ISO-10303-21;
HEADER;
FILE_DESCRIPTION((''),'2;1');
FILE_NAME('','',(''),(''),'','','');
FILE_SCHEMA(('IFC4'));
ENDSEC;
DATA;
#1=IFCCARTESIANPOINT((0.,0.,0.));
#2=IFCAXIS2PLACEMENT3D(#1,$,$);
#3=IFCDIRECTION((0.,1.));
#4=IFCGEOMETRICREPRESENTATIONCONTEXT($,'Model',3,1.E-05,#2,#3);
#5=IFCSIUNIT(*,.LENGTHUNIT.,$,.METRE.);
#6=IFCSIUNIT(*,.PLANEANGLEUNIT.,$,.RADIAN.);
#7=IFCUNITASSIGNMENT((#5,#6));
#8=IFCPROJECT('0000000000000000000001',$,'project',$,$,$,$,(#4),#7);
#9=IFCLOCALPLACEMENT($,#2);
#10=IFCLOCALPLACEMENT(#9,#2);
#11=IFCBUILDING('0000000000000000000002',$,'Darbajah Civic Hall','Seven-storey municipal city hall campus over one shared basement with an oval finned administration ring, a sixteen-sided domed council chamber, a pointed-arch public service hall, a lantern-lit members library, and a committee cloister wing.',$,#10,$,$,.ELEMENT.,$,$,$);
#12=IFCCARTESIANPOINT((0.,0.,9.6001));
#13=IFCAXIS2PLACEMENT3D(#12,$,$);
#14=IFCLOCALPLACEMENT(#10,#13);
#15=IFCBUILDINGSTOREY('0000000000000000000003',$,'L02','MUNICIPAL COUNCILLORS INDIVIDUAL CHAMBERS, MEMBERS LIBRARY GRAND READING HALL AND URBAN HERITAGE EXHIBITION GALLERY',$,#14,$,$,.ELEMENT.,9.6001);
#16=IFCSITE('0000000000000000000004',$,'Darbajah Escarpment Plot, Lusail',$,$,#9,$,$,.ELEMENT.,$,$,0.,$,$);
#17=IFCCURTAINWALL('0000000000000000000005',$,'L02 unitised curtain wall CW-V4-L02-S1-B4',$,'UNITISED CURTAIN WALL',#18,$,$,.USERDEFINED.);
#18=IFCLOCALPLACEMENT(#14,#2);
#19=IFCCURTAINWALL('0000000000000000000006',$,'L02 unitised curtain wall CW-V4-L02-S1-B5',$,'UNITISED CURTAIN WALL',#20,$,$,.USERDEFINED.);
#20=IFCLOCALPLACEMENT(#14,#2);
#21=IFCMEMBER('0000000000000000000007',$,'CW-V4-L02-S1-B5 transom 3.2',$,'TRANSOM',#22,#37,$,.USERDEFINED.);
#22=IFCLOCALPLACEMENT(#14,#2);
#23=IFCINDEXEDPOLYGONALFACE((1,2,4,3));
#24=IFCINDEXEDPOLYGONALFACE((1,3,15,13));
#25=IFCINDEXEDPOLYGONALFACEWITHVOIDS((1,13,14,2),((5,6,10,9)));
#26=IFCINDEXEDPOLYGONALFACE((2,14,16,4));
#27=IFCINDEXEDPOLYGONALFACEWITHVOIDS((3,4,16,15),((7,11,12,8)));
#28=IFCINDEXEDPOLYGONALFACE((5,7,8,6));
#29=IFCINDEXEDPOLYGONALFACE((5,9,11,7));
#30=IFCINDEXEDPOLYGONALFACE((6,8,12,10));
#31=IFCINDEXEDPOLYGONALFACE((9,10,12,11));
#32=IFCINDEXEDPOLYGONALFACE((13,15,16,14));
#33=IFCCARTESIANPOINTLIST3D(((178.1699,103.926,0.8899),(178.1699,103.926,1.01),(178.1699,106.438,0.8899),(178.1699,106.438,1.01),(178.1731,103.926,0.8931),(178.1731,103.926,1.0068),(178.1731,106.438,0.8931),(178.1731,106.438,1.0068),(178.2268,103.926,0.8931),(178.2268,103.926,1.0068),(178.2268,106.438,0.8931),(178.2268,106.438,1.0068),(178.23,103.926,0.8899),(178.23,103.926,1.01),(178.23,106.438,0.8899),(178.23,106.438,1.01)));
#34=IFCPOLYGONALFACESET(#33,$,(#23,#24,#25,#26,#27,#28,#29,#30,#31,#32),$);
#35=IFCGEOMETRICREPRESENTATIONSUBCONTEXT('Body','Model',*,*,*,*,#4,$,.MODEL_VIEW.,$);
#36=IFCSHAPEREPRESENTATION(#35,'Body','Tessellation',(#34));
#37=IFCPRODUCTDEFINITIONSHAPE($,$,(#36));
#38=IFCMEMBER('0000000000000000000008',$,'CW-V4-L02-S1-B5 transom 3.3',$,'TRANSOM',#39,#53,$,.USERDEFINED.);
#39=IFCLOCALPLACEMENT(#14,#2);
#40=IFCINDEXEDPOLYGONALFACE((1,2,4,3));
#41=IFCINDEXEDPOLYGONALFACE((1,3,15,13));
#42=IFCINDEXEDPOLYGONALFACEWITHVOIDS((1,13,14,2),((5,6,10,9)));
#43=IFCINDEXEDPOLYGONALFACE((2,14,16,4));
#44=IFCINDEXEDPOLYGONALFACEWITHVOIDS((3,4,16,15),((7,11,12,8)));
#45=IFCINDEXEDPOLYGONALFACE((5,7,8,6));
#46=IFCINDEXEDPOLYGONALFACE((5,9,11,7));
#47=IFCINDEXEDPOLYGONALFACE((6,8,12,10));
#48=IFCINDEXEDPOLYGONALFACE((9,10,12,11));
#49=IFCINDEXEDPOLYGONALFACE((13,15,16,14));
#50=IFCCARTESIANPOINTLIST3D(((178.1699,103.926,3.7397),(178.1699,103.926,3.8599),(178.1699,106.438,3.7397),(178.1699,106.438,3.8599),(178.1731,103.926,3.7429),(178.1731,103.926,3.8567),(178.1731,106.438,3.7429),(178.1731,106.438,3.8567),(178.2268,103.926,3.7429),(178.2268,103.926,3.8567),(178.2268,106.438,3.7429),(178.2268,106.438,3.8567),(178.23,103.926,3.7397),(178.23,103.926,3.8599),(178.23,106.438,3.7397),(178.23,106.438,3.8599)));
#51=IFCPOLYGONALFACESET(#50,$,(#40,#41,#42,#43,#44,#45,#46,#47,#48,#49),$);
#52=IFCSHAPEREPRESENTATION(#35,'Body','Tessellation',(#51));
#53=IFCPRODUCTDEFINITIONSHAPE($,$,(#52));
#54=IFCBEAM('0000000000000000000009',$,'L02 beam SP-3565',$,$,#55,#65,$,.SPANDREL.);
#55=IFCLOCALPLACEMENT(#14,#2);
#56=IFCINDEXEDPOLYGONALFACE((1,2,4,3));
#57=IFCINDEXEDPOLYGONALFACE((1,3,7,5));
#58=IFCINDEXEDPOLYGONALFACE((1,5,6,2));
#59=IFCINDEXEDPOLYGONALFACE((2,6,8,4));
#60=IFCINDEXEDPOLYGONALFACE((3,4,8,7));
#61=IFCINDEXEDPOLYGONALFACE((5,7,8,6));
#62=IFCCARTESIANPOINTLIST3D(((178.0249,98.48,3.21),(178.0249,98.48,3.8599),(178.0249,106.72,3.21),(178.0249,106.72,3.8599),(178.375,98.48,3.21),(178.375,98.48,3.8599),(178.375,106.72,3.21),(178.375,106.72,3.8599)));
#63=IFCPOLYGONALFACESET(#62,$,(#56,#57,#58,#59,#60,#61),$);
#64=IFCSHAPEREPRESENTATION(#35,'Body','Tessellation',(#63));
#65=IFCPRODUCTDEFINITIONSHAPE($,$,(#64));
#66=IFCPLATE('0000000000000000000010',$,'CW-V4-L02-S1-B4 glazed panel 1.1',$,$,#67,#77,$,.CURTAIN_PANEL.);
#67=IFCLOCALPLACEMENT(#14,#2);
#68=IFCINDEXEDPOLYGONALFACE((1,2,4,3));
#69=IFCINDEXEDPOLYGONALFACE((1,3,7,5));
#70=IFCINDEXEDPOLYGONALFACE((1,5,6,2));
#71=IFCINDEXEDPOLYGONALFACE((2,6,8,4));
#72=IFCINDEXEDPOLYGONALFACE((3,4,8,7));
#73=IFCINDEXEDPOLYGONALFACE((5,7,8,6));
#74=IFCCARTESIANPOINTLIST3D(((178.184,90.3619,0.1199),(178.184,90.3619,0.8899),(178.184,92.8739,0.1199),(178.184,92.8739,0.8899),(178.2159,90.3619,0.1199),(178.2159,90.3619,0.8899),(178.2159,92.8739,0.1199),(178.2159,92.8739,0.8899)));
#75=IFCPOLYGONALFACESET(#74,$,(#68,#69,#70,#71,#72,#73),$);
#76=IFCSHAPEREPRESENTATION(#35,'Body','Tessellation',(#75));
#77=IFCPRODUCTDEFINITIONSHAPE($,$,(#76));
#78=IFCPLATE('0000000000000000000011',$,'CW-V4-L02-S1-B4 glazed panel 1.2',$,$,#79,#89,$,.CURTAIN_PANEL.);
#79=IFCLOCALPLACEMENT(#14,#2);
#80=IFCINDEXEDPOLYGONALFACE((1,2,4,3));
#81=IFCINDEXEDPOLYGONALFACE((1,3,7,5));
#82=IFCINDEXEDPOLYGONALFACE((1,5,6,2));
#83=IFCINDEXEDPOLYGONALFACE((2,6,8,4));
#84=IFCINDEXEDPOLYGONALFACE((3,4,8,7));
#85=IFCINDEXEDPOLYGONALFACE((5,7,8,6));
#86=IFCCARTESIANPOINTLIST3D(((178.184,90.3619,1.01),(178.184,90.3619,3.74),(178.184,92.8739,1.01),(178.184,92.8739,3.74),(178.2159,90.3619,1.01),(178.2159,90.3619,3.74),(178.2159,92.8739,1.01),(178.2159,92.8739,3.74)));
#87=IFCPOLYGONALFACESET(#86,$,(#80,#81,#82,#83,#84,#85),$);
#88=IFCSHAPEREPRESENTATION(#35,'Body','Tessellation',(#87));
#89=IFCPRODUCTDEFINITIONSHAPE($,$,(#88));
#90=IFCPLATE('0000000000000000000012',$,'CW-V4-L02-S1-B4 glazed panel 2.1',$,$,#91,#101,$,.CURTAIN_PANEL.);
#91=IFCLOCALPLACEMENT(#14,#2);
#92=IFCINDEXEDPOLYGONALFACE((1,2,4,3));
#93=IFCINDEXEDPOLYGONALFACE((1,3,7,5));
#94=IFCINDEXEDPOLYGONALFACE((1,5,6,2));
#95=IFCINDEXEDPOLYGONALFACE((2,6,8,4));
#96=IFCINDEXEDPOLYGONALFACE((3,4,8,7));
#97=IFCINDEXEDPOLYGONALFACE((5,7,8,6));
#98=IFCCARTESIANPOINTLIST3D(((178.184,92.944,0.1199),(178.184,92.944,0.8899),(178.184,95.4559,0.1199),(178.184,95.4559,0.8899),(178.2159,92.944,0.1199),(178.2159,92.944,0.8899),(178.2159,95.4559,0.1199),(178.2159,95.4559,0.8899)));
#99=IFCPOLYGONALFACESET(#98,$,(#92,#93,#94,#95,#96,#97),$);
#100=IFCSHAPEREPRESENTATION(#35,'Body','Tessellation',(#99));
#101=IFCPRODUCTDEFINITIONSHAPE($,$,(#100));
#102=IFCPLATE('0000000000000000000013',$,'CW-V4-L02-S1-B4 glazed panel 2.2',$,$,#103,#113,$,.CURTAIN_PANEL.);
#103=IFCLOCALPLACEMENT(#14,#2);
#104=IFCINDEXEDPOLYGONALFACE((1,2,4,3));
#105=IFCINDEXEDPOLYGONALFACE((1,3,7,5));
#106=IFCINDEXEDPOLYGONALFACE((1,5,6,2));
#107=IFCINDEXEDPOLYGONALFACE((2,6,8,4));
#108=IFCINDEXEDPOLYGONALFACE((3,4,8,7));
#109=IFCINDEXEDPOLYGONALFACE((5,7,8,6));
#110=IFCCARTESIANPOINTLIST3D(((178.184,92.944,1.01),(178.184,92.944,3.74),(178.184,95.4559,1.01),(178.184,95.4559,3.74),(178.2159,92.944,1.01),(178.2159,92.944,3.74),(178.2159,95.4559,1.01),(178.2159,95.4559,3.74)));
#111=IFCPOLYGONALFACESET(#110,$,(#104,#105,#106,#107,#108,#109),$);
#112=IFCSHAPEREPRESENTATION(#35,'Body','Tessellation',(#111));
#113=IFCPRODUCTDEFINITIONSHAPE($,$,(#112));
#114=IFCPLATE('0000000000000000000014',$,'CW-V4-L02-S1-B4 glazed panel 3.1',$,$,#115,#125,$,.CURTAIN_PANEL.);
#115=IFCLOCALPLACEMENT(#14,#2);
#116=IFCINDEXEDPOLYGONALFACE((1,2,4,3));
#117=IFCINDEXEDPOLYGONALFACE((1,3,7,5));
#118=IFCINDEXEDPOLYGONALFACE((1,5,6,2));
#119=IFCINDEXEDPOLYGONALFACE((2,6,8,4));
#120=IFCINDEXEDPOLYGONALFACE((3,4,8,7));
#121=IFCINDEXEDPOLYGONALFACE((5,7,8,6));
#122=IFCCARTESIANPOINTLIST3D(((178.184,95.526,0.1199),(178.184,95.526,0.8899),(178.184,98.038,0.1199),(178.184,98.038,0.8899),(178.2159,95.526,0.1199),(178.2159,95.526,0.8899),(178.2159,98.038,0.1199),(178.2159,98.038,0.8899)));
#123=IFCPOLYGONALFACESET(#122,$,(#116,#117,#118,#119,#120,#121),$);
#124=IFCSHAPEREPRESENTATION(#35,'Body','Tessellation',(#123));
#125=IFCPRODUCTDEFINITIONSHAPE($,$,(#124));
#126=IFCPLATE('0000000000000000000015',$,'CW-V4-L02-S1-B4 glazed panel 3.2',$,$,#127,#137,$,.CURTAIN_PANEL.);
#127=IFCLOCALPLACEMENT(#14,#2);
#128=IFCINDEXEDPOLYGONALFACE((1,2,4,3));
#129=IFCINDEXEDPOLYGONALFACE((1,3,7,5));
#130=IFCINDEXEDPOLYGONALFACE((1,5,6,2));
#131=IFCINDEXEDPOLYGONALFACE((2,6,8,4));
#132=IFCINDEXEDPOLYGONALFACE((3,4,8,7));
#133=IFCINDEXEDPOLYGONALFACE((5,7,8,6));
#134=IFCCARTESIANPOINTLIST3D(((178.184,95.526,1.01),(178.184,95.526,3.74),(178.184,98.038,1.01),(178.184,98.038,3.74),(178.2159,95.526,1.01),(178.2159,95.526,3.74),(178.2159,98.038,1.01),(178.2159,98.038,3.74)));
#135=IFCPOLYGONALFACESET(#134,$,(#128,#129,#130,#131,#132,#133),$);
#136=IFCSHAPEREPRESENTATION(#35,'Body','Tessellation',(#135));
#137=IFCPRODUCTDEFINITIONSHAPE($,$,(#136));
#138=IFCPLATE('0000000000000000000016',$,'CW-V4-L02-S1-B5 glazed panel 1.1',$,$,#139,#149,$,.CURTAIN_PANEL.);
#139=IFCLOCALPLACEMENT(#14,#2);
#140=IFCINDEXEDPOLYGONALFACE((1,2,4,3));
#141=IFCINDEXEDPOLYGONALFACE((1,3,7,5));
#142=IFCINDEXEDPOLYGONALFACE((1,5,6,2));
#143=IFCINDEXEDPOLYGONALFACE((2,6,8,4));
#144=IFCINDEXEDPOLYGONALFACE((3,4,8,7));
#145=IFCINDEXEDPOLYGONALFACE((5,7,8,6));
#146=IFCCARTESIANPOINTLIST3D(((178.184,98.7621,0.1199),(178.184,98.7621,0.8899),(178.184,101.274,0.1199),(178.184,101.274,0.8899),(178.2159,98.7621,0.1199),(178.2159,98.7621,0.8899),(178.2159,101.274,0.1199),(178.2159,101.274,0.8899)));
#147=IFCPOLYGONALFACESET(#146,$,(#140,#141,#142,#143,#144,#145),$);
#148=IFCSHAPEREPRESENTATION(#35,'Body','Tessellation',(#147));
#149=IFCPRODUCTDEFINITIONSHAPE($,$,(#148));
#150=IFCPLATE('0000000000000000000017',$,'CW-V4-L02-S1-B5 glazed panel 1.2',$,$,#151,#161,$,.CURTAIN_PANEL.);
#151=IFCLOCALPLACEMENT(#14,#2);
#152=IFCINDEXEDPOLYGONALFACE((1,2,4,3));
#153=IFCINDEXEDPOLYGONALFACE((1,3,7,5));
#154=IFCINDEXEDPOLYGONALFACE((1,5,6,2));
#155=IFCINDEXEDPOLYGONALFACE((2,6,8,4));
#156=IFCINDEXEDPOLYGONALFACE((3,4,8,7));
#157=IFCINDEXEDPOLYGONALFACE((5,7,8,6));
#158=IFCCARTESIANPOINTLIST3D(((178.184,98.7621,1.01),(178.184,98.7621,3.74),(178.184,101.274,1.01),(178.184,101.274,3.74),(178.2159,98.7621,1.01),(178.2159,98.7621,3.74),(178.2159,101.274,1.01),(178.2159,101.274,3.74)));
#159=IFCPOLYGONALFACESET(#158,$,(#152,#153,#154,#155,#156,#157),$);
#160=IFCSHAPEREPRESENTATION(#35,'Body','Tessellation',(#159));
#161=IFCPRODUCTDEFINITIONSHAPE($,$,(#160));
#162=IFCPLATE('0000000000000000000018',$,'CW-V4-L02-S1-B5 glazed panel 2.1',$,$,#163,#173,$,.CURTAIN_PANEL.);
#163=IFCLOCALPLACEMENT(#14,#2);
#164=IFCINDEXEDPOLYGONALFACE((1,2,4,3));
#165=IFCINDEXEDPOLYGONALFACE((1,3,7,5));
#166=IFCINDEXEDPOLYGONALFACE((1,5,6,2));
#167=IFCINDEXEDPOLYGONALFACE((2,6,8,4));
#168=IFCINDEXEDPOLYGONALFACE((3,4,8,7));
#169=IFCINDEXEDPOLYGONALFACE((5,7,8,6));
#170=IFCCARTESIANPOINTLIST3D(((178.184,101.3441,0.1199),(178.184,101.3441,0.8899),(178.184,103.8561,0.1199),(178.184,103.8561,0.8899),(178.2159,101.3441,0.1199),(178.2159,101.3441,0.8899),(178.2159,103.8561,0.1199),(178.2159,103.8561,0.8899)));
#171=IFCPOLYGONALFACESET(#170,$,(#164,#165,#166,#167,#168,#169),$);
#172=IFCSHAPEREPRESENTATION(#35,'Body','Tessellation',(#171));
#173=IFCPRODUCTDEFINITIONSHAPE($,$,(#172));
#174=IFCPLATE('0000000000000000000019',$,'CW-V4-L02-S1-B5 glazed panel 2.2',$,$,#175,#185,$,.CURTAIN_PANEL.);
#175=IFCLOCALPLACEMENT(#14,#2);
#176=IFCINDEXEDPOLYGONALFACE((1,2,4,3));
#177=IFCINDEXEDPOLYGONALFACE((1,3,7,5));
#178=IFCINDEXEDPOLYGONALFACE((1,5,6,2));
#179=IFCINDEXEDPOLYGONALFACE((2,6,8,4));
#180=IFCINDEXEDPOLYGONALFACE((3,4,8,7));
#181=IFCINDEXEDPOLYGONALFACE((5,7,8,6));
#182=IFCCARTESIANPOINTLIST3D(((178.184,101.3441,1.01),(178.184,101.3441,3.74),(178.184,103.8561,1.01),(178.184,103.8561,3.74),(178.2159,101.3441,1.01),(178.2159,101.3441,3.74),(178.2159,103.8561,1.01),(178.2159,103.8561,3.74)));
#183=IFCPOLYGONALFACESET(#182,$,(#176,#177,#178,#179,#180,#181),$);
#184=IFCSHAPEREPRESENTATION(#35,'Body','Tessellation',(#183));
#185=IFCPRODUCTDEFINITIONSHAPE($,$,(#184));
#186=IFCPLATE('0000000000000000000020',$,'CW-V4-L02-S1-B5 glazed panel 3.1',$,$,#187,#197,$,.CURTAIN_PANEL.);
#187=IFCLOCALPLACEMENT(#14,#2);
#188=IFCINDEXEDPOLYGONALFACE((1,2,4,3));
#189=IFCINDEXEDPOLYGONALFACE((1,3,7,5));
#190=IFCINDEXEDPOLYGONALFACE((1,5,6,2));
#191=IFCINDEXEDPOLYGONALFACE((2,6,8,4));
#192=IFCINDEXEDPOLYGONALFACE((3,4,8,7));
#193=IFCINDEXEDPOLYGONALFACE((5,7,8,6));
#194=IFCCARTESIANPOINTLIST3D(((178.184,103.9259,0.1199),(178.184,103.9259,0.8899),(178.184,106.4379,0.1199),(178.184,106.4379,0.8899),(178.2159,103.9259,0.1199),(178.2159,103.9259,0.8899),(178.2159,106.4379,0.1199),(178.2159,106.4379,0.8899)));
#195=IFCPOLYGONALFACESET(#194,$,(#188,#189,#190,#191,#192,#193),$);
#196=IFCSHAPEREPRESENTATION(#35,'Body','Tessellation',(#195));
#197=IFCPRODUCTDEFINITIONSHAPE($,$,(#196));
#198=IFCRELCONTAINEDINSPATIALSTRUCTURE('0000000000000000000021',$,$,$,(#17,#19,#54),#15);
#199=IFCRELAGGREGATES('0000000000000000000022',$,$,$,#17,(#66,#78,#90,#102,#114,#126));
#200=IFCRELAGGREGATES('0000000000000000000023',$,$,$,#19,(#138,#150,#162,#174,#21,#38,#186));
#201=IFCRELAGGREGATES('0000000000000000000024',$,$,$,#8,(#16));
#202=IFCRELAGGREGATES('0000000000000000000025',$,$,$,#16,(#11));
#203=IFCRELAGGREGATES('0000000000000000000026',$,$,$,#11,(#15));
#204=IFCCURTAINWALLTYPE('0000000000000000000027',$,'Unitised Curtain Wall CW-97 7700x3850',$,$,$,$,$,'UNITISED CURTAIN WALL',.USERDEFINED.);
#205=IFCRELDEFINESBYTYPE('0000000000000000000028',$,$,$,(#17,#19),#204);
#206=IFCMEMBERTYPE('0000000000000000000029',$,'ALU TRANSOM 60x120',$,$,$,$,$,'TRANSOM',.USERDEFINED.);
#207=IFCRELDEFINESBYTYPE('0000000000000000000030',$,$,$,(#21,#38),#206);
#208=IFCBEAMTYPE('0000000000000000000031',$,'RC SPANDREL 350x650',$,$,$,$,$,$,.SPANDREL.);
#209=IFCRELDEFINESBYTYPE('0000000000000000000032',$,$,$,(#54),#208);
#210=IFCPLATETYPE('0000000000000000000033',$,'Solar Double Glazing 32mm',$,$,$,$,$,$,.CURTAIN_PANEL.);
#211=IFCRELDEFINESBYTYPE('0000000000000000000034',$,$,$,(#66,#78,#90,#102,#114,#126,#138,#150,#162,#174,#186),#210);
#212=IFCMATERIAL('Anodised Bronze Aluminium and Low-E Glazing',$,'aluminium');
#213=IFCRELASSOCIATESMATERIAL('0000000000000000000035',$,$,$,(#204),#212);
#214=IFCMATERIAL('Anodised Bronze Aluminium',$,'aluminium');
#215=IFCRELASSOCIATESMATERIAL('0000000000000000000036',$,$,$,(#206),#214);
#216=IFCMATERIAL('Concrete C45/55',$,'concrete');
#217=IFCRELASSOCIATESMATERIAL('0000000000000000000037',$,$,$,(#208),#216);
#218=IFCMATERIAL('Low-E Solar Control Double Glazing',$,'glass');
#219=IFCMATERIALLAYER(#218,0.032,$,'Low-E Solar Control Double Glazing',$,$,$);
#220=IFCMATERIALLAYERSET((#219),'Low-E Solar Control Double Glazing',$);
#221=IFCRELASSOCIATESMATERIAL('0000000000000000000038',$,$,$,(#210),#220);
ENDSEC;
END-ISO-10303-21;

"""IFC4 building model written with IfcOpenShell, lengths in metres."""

from ifc_helpers import new_model, si_unit, direction, frame, origin, origin_2d, place, context, subcontext, project, spatial, rectangle, hollow_rectangle, extrude, material, layer, layer_set, material_profile, profile_set, type_object, element, aggregate, save


model = new_model("IFC4")

# Units and contexts
model_context = context("Model", 3, precision=1e-05, world=origin(), true_north=direction((0.0, 1.0)))
body_context = subcontext(model_context, "Body", "Model", "MODEL_VIEW")
ifc_project = project(units=[si_unit("LENGTHUNIT", "METRE"), si_unit("PLANEANGLEUNIT", "RADIAN")], contexts=[model_context])

# Site, building, storey
site_placement = place(None, origin())
site = spatial("IfcSite", under=ifc_project, at=site_placement, Name="Darbajah Escarpment Plot, Lusail", CompositionType="ELEMENT", RefElevation=0.0)
building_placement = place(site_placement, origin())
building = spatial("IfcBuilding", under=site, at=building_placement, Name="Darbajah Civic Hall", Description="Seven-storey municipal city hall campus over one shared basement with an oval finned administration ring, a sixteen-sided domed council chamber, a pointed-arch public service hall, a lantern-lit members library, and a committee cloister wing.", CompositionType="ELEMENT")
storey_placement = place(building_placement, frame((0.0, 0.0, 9.6001)))
storey = spatial("IfcBuildingStorey", under=building, at=storey_placement, Name="L02", Description="MUNICIPAL COUNCILLORS INDIVIDUAL CHAMBERS, MEMBERS LIBRARY GRAND READING HALL AND URBAN HERITAGE EXHIBITION GALLERY", CompositionType="ELEMENT", Elevation=9.6001)

# Shared definitions
ifc_material_1 = material(Name="Concrete C45/55", Category="concrete")

# Curtain walls
ifc_material_2 = material(Name="Anodised Bronze Aluminium and Low-E Glazing", Category="aluminium")
curtain_wall_type = type_object("IfcCurtainWallType", Name="Unitised Curtain Wall CW-97 7700x3850", ElementType="UNITISED CURTAIN WALL", PredefinedType="USERDEFINED", material=ifc_material_2)
curtain_wall_1_placement = place(storey_placement, origin())
curtain_wall_1 = element("IfcCurtainWall", 1, at=curtain_wall_1_placement, inside=storey, type_object=curtain_wall_type, Name="L02 unitised curtain wall CW-V4-L02-S1-B4", ObjectType="UNITISED CURTAIN WALL", PredefinedType="USERDEFINED")
ifc_material_3 = material(Name="Anodised Bronze Aluminium", Category="aluminium")
curtain_wall_2_placement = place(storey_placement, origin())
curtain_wall_2 = element("IfcCurtainWall", 2, at=curtain_wall_2_placement, inside=storey, type_object=curtain_wall_type, Name="L02 unitised curtain wall CW-V4-L02-S1-B5", ObjectType="UNITISED CURTAIN WALL", PredefinedType="USERDEFINED")

# Members
ifc_material_profile_1 = material_profile(ifc_material_3, hollow_rectangle(XDim=0.0601, YDim=0.1201, WallThickness=0.0032, at=origin_2d()), Name="ALU TRANSOM 60x120")
ifc_profile_set_1 = profile_set([ifc_material_profile_1], Name="Anodised Bronze Aluminium")
member_type_1 = type_object("IfcMemberType", Name="ALU TRANSOM 60x120", ElementType="TRANSOM", PredefinedType="USERDEFINED", material=ifc_profile_set_1)
member_1_placement = place(storey_placement, frame((178.2, 103.926, 0.95), z_axis=(0.0, 1.0, 0.0), x_axis=(-1.0, 0.0, 0.0)))
member_1 = element("IfcMember", 3, at=member_1_placement, type_object=member_type_1, Name="CW-V4-L02-S1-B5 transom 3.2", ObjectType="TRANSOM", PredefinedType="USERDEFINED", context=body_context, shape_type="SweptSolid", body=[
    extrude(hollow_rectangle(XDim=0.0601, YDim=0.1201, WallThickness=0.0032, at=origin_2d()), origin(), (0.0, 0.0, 1.0), 2.512),
])
member_2_placement = place(storey_placement, frame((178.2, 103.926, 3.7998), z_axis=(0.0, 1.0, 0.0), x_axis=(-1.0, 0.0, 0.0)))
member_2 = element("IfcMember", 4, at=member_2_placement, type_object=member_type_1, Name="CW-V4-L02-S1-B5 transom 3.3", ObjectType="TRANSOM", PredefinedType="USERDEFINED", context=body_context, shape_type="SweptSolid", body=[
    extrude(hollow_rectangle(XDim=0.0601, YDim=0.1201, WallThickness=0.0032, at=origin_2d()), origin(), (0.0, 0.0, 1.0), 2.512),
])

# Beam
ifc_material_profile_2 = material_profile(ifc_material_1, rectangle(XDim=0.3501, YDim=0.6499, at=origin_2d()), Name="RC SPANDREL 350x650")
ifc_profile_set_2 = profile_set([ifc_material_profile_2], Name="Concrete C45/55")
beam_type = type_object("IfcBeamType", Name="RC SPANDREL 350x650", PredefinedType="SPANDREL", material=ifc_profile_set_2)
beam_placement = place(storey_placement, frame((178.2, 98.48, 3.5349), z_axis=(0.0, 1.0, 0.0), x_axis=(-1.0, 0.0, 0.0)))
element("IfcBeam", 5, at=beam_placement, inside=storey, type_object=beam_type, Name="L02 beam SP-3565", PredefinedType="SPANDREL", context=body_context, shape_type="SweptSolid", body=[
    extrude(rectangle(XDim=0.3501, YDim=0.6499, at=origin_2d()), origin(), (0.0, 0.0, 1.0), 8.24),
])

# Plates
ifc_material_4 = material(Name="Low-E Solar Control Double Glazing", Category="glass")
ifc_layer = layer(ifc_material_4, 0.032, Name="Low-E Solar Control Double Glazing")
ifc_layer_set = layer_set([ifc_layer], Name="Low-E Solar Control Double Glazing")
plate_type = type_object("IfcPlateType", Name="Solar Double Glazing 32mm", PredefinedType="CURTAIN_PANEL", material=ifc_layer_set)
plate_1_placement = place(storey_placement, frame((178.2, 91.6179, 0.1199), z_axis=(0.0, 0.0, 1.0), x_axis=(0.0, 1.0, 0.0)))
plate_1 = element("IfcPlate", 6, at=plate_1_placement, type_object=plate_type, Name="CW-V4-L02-S1-B4 glazed panel 1.1", PredefinedType="CURTAIN_PANEL", context=body_context, shape_type="SweptSolid", body=[
    extrude(rectangle(XDim=2.512, YDim=0.032, at=origin_2d()), origin(), (0.0, 0.0, 1.0), 0.77),
])
plate_2_placement = place(storey_placement, frame((178.2, 91.6179, 1.01), z_axis=(0.0, 0.0, 1.0), x_axis=(0.0, 1.0, 0.0)))
plate_2 = element("IfcPlate", 7, at=plate_2_placement, type_object=plate_type, Name="CW-V4-L02-S1-B4 glazed panel 1.2", PredefinedType="CURTAIN_PANEL", context=body_context, shape_type="SweptSolid", body=[
    extrude(rectangle(XDim=2.512, YDim=0.032, at=origin_2d()), origin(), (0.0, 0.0, 1.0), 2.73),
])
plate_3_placement = place(storey_placement, frame((178.2, 94.2, 0.1199), z_axis=(0.0, 0.0, 1.0), x_axis=(0.0, 1.0, 0.0)))
plate_3 = element("IfcPlate", 8, at=plate_3_placement, type_object=plate_type, Name="CW-V4-L02-S1-B4 glazed panel 2.1", PredefinedType="CURTAIN_PANEL", context=body_context, shape_type="SweptSolid", body=[
    extrude(rectangle(XDim=2.512, YDim=0.032, at=origin_2d()), origin(), (0.0, 0.0, 1.0), 0.77),
])
plate_4_placement = place(storey_placement, frame((178.2, 94.2, 1.01), z_axis=(0.0, 0.0, 1.0), x_axis=(0.0, 1.0, 0.0)))
plate_4 = element("IfcPlate", 9, at=plate_4_placement, type_object=plate_type, Name="CW-V4-L02-S1-B4 glazed panel 2.2", PredefinedType="CURTAIN_PANEL", context=body_context, shape_type="SweptSolid", body=[
    extrude(rectangle(XDim=2.512, YDim=0.032, at=origin_2d()), origin(), (0.0, 0.0, 1.0), 2.73),
])
plate_5_placement = place(storey_placement, frame((178.2, 96.782, 0.1199), z_axis=(0.0, 0.0, 1.0), x_axis=(0.0, 1.0, 0.0)))
plate_5 = element("IfcPlate", 10, at=plate_5_placement, type_object=plate_type, Name="CW-V4-L02-S1-B4 glazed panel 3.1", PredefinedType="CURTAIN_PANEL", context=body_context, shape_type="SweptSolid", body=[
    extrude(rectangle(XDim=2.512, YDim=0.032, at=origin_2d()), origin(), (0.0, 0.0, 1.0), 0.77),
])
plate_6_placement = place(storey_placement, frame((178.2, 96.782, 1.01), z_axis=(0.0, 0.0, 1.0), x_axis=(0.0, 1.0, 0.0)))
plate_6 = element("IfcPlate", 11, at=plate_6_placement, type_object=plate_type, Name="CW-V4-L02-S1-B4 glazed panel 3.2", PredefinedType="CURTAIN_PANEL", context=body_context, shape_type="SweptSolid", body=[
    extrude(rectangle(XDim=2.512, YDim=0.032, at=origin_2d()), origin(), (0.0, 0.0, 1.0), 2.73),
])
aggregate(curtain_wall_1, [plate_1, plate_2, plate_3, plate_4, plate_5, plate_6])
plate_7_placement = place(storey_placement, frame((178.2, 100.0181, 0.1199), z_axis=(0.0, 0.0, 1.0), x_axis=(0.0, 1.0, 0.0)))
plate_7 = element("IfcPlate", 12, at=plate_7_placement, type_object=plate_type, Name="CW-V4-L02-S1-B5 glazed panel 1.1", PredefinedType="CURTAIN_PANEL", context=body_context, shape_type="SweptSolid", body=[
    extrude(rectangle(XDim=2.512, YDim=0.032, at=origin_2d()), origin(), (0.0, 0.0, 1.0), 0.77),
])
plate_8_placement = place(storey_placement, frame((178.2, 100.0181, 1.01), z_axis=(0.0, 0.0, 1.0), x_axis=(0.0, 1.0, 0.0)))
plate_8 = element("IfcPlate", 13, at=plate_8_placement, type_object=plate_type, Name="CW-V4-L02-S1-B5 glazed panel 1.2", PredefinedType="CURTAIN_PANEL", context=body_context, shape_type="SweptSolid", body=[
    extrude(rectangle(XDim=2.512, YDim=0.032, at=origin_2d()), origin(), (0.0, 0.0, 1.0), 2.73),
])
plate_9_placement = place(storey_placement, frame((178.2, 102.6001, 0.1199), z_axis=(0.0, 0.0, 1.0), x_axis=(0.0, 1.0, 0.0)))
plate_9 = element("IfcPlate", 14, at=plate_9_placement, type_object=plate_type, Name="CW-V4-L02-S1-B5 glazed panel 2.1", PredefinedType="CURTAIN_PANEL", context=body_context, shape_type="SweptSolid", body=[
    extrude(rectangle(XDim=2.512, YDim=0.032, at=origin_2d()), origin(), (0.0, 0.0, 1.0), 0.77),
])
plate_10_placement = place(storey_placement, frame((178.2, 102.6001, 1.01), z_axis=(0.0, 0.0, 1.0), x_axis=(0.0, 1.0, 0.0)))
plate_10 = element("IfcPlate", 15, at=plate_10_placement, type_object=plate_type, Name="CW-V4-L02-S1-B5 glazed panel 2.2", PredefinedType="CURTAIN_PANEL", context=body_context, shape_type="SweptSolid", body=[
    extrude(rectangle(XDim=2.512, YDim=0.032, at=origin_2d()), origin(), (0.0, 0.0, 1.0), 2.73),
])
plate_11_placement = place(storey_placement, frame((178.2, 105.1819, 0.1199), z_axis=(0.0, 0.0, 1.0), x_axis=(0.0, 1.0, 0.0)))
plate_11 = element("IfcPlate", 16, at=plate_11_placement, type_object=plate_type, Name="CW-V4-L02-S1-B5 glazed panel 3.1", PredefinedType="CURTAIN_PANEL", context=body_context, shape_type="SweptSolid", body=[
    extrude(rectangle(XDim=2.512, YDim=0.032, at=origin_2d()), origin(), (0.0, 0.0, 1.0), 0.77),
])
aggregate(curtain_wall_2, [plate_7, plate_8, plate_9, plate_10, member_1, member_2, plate_11])

save(model, "model.ifc")
